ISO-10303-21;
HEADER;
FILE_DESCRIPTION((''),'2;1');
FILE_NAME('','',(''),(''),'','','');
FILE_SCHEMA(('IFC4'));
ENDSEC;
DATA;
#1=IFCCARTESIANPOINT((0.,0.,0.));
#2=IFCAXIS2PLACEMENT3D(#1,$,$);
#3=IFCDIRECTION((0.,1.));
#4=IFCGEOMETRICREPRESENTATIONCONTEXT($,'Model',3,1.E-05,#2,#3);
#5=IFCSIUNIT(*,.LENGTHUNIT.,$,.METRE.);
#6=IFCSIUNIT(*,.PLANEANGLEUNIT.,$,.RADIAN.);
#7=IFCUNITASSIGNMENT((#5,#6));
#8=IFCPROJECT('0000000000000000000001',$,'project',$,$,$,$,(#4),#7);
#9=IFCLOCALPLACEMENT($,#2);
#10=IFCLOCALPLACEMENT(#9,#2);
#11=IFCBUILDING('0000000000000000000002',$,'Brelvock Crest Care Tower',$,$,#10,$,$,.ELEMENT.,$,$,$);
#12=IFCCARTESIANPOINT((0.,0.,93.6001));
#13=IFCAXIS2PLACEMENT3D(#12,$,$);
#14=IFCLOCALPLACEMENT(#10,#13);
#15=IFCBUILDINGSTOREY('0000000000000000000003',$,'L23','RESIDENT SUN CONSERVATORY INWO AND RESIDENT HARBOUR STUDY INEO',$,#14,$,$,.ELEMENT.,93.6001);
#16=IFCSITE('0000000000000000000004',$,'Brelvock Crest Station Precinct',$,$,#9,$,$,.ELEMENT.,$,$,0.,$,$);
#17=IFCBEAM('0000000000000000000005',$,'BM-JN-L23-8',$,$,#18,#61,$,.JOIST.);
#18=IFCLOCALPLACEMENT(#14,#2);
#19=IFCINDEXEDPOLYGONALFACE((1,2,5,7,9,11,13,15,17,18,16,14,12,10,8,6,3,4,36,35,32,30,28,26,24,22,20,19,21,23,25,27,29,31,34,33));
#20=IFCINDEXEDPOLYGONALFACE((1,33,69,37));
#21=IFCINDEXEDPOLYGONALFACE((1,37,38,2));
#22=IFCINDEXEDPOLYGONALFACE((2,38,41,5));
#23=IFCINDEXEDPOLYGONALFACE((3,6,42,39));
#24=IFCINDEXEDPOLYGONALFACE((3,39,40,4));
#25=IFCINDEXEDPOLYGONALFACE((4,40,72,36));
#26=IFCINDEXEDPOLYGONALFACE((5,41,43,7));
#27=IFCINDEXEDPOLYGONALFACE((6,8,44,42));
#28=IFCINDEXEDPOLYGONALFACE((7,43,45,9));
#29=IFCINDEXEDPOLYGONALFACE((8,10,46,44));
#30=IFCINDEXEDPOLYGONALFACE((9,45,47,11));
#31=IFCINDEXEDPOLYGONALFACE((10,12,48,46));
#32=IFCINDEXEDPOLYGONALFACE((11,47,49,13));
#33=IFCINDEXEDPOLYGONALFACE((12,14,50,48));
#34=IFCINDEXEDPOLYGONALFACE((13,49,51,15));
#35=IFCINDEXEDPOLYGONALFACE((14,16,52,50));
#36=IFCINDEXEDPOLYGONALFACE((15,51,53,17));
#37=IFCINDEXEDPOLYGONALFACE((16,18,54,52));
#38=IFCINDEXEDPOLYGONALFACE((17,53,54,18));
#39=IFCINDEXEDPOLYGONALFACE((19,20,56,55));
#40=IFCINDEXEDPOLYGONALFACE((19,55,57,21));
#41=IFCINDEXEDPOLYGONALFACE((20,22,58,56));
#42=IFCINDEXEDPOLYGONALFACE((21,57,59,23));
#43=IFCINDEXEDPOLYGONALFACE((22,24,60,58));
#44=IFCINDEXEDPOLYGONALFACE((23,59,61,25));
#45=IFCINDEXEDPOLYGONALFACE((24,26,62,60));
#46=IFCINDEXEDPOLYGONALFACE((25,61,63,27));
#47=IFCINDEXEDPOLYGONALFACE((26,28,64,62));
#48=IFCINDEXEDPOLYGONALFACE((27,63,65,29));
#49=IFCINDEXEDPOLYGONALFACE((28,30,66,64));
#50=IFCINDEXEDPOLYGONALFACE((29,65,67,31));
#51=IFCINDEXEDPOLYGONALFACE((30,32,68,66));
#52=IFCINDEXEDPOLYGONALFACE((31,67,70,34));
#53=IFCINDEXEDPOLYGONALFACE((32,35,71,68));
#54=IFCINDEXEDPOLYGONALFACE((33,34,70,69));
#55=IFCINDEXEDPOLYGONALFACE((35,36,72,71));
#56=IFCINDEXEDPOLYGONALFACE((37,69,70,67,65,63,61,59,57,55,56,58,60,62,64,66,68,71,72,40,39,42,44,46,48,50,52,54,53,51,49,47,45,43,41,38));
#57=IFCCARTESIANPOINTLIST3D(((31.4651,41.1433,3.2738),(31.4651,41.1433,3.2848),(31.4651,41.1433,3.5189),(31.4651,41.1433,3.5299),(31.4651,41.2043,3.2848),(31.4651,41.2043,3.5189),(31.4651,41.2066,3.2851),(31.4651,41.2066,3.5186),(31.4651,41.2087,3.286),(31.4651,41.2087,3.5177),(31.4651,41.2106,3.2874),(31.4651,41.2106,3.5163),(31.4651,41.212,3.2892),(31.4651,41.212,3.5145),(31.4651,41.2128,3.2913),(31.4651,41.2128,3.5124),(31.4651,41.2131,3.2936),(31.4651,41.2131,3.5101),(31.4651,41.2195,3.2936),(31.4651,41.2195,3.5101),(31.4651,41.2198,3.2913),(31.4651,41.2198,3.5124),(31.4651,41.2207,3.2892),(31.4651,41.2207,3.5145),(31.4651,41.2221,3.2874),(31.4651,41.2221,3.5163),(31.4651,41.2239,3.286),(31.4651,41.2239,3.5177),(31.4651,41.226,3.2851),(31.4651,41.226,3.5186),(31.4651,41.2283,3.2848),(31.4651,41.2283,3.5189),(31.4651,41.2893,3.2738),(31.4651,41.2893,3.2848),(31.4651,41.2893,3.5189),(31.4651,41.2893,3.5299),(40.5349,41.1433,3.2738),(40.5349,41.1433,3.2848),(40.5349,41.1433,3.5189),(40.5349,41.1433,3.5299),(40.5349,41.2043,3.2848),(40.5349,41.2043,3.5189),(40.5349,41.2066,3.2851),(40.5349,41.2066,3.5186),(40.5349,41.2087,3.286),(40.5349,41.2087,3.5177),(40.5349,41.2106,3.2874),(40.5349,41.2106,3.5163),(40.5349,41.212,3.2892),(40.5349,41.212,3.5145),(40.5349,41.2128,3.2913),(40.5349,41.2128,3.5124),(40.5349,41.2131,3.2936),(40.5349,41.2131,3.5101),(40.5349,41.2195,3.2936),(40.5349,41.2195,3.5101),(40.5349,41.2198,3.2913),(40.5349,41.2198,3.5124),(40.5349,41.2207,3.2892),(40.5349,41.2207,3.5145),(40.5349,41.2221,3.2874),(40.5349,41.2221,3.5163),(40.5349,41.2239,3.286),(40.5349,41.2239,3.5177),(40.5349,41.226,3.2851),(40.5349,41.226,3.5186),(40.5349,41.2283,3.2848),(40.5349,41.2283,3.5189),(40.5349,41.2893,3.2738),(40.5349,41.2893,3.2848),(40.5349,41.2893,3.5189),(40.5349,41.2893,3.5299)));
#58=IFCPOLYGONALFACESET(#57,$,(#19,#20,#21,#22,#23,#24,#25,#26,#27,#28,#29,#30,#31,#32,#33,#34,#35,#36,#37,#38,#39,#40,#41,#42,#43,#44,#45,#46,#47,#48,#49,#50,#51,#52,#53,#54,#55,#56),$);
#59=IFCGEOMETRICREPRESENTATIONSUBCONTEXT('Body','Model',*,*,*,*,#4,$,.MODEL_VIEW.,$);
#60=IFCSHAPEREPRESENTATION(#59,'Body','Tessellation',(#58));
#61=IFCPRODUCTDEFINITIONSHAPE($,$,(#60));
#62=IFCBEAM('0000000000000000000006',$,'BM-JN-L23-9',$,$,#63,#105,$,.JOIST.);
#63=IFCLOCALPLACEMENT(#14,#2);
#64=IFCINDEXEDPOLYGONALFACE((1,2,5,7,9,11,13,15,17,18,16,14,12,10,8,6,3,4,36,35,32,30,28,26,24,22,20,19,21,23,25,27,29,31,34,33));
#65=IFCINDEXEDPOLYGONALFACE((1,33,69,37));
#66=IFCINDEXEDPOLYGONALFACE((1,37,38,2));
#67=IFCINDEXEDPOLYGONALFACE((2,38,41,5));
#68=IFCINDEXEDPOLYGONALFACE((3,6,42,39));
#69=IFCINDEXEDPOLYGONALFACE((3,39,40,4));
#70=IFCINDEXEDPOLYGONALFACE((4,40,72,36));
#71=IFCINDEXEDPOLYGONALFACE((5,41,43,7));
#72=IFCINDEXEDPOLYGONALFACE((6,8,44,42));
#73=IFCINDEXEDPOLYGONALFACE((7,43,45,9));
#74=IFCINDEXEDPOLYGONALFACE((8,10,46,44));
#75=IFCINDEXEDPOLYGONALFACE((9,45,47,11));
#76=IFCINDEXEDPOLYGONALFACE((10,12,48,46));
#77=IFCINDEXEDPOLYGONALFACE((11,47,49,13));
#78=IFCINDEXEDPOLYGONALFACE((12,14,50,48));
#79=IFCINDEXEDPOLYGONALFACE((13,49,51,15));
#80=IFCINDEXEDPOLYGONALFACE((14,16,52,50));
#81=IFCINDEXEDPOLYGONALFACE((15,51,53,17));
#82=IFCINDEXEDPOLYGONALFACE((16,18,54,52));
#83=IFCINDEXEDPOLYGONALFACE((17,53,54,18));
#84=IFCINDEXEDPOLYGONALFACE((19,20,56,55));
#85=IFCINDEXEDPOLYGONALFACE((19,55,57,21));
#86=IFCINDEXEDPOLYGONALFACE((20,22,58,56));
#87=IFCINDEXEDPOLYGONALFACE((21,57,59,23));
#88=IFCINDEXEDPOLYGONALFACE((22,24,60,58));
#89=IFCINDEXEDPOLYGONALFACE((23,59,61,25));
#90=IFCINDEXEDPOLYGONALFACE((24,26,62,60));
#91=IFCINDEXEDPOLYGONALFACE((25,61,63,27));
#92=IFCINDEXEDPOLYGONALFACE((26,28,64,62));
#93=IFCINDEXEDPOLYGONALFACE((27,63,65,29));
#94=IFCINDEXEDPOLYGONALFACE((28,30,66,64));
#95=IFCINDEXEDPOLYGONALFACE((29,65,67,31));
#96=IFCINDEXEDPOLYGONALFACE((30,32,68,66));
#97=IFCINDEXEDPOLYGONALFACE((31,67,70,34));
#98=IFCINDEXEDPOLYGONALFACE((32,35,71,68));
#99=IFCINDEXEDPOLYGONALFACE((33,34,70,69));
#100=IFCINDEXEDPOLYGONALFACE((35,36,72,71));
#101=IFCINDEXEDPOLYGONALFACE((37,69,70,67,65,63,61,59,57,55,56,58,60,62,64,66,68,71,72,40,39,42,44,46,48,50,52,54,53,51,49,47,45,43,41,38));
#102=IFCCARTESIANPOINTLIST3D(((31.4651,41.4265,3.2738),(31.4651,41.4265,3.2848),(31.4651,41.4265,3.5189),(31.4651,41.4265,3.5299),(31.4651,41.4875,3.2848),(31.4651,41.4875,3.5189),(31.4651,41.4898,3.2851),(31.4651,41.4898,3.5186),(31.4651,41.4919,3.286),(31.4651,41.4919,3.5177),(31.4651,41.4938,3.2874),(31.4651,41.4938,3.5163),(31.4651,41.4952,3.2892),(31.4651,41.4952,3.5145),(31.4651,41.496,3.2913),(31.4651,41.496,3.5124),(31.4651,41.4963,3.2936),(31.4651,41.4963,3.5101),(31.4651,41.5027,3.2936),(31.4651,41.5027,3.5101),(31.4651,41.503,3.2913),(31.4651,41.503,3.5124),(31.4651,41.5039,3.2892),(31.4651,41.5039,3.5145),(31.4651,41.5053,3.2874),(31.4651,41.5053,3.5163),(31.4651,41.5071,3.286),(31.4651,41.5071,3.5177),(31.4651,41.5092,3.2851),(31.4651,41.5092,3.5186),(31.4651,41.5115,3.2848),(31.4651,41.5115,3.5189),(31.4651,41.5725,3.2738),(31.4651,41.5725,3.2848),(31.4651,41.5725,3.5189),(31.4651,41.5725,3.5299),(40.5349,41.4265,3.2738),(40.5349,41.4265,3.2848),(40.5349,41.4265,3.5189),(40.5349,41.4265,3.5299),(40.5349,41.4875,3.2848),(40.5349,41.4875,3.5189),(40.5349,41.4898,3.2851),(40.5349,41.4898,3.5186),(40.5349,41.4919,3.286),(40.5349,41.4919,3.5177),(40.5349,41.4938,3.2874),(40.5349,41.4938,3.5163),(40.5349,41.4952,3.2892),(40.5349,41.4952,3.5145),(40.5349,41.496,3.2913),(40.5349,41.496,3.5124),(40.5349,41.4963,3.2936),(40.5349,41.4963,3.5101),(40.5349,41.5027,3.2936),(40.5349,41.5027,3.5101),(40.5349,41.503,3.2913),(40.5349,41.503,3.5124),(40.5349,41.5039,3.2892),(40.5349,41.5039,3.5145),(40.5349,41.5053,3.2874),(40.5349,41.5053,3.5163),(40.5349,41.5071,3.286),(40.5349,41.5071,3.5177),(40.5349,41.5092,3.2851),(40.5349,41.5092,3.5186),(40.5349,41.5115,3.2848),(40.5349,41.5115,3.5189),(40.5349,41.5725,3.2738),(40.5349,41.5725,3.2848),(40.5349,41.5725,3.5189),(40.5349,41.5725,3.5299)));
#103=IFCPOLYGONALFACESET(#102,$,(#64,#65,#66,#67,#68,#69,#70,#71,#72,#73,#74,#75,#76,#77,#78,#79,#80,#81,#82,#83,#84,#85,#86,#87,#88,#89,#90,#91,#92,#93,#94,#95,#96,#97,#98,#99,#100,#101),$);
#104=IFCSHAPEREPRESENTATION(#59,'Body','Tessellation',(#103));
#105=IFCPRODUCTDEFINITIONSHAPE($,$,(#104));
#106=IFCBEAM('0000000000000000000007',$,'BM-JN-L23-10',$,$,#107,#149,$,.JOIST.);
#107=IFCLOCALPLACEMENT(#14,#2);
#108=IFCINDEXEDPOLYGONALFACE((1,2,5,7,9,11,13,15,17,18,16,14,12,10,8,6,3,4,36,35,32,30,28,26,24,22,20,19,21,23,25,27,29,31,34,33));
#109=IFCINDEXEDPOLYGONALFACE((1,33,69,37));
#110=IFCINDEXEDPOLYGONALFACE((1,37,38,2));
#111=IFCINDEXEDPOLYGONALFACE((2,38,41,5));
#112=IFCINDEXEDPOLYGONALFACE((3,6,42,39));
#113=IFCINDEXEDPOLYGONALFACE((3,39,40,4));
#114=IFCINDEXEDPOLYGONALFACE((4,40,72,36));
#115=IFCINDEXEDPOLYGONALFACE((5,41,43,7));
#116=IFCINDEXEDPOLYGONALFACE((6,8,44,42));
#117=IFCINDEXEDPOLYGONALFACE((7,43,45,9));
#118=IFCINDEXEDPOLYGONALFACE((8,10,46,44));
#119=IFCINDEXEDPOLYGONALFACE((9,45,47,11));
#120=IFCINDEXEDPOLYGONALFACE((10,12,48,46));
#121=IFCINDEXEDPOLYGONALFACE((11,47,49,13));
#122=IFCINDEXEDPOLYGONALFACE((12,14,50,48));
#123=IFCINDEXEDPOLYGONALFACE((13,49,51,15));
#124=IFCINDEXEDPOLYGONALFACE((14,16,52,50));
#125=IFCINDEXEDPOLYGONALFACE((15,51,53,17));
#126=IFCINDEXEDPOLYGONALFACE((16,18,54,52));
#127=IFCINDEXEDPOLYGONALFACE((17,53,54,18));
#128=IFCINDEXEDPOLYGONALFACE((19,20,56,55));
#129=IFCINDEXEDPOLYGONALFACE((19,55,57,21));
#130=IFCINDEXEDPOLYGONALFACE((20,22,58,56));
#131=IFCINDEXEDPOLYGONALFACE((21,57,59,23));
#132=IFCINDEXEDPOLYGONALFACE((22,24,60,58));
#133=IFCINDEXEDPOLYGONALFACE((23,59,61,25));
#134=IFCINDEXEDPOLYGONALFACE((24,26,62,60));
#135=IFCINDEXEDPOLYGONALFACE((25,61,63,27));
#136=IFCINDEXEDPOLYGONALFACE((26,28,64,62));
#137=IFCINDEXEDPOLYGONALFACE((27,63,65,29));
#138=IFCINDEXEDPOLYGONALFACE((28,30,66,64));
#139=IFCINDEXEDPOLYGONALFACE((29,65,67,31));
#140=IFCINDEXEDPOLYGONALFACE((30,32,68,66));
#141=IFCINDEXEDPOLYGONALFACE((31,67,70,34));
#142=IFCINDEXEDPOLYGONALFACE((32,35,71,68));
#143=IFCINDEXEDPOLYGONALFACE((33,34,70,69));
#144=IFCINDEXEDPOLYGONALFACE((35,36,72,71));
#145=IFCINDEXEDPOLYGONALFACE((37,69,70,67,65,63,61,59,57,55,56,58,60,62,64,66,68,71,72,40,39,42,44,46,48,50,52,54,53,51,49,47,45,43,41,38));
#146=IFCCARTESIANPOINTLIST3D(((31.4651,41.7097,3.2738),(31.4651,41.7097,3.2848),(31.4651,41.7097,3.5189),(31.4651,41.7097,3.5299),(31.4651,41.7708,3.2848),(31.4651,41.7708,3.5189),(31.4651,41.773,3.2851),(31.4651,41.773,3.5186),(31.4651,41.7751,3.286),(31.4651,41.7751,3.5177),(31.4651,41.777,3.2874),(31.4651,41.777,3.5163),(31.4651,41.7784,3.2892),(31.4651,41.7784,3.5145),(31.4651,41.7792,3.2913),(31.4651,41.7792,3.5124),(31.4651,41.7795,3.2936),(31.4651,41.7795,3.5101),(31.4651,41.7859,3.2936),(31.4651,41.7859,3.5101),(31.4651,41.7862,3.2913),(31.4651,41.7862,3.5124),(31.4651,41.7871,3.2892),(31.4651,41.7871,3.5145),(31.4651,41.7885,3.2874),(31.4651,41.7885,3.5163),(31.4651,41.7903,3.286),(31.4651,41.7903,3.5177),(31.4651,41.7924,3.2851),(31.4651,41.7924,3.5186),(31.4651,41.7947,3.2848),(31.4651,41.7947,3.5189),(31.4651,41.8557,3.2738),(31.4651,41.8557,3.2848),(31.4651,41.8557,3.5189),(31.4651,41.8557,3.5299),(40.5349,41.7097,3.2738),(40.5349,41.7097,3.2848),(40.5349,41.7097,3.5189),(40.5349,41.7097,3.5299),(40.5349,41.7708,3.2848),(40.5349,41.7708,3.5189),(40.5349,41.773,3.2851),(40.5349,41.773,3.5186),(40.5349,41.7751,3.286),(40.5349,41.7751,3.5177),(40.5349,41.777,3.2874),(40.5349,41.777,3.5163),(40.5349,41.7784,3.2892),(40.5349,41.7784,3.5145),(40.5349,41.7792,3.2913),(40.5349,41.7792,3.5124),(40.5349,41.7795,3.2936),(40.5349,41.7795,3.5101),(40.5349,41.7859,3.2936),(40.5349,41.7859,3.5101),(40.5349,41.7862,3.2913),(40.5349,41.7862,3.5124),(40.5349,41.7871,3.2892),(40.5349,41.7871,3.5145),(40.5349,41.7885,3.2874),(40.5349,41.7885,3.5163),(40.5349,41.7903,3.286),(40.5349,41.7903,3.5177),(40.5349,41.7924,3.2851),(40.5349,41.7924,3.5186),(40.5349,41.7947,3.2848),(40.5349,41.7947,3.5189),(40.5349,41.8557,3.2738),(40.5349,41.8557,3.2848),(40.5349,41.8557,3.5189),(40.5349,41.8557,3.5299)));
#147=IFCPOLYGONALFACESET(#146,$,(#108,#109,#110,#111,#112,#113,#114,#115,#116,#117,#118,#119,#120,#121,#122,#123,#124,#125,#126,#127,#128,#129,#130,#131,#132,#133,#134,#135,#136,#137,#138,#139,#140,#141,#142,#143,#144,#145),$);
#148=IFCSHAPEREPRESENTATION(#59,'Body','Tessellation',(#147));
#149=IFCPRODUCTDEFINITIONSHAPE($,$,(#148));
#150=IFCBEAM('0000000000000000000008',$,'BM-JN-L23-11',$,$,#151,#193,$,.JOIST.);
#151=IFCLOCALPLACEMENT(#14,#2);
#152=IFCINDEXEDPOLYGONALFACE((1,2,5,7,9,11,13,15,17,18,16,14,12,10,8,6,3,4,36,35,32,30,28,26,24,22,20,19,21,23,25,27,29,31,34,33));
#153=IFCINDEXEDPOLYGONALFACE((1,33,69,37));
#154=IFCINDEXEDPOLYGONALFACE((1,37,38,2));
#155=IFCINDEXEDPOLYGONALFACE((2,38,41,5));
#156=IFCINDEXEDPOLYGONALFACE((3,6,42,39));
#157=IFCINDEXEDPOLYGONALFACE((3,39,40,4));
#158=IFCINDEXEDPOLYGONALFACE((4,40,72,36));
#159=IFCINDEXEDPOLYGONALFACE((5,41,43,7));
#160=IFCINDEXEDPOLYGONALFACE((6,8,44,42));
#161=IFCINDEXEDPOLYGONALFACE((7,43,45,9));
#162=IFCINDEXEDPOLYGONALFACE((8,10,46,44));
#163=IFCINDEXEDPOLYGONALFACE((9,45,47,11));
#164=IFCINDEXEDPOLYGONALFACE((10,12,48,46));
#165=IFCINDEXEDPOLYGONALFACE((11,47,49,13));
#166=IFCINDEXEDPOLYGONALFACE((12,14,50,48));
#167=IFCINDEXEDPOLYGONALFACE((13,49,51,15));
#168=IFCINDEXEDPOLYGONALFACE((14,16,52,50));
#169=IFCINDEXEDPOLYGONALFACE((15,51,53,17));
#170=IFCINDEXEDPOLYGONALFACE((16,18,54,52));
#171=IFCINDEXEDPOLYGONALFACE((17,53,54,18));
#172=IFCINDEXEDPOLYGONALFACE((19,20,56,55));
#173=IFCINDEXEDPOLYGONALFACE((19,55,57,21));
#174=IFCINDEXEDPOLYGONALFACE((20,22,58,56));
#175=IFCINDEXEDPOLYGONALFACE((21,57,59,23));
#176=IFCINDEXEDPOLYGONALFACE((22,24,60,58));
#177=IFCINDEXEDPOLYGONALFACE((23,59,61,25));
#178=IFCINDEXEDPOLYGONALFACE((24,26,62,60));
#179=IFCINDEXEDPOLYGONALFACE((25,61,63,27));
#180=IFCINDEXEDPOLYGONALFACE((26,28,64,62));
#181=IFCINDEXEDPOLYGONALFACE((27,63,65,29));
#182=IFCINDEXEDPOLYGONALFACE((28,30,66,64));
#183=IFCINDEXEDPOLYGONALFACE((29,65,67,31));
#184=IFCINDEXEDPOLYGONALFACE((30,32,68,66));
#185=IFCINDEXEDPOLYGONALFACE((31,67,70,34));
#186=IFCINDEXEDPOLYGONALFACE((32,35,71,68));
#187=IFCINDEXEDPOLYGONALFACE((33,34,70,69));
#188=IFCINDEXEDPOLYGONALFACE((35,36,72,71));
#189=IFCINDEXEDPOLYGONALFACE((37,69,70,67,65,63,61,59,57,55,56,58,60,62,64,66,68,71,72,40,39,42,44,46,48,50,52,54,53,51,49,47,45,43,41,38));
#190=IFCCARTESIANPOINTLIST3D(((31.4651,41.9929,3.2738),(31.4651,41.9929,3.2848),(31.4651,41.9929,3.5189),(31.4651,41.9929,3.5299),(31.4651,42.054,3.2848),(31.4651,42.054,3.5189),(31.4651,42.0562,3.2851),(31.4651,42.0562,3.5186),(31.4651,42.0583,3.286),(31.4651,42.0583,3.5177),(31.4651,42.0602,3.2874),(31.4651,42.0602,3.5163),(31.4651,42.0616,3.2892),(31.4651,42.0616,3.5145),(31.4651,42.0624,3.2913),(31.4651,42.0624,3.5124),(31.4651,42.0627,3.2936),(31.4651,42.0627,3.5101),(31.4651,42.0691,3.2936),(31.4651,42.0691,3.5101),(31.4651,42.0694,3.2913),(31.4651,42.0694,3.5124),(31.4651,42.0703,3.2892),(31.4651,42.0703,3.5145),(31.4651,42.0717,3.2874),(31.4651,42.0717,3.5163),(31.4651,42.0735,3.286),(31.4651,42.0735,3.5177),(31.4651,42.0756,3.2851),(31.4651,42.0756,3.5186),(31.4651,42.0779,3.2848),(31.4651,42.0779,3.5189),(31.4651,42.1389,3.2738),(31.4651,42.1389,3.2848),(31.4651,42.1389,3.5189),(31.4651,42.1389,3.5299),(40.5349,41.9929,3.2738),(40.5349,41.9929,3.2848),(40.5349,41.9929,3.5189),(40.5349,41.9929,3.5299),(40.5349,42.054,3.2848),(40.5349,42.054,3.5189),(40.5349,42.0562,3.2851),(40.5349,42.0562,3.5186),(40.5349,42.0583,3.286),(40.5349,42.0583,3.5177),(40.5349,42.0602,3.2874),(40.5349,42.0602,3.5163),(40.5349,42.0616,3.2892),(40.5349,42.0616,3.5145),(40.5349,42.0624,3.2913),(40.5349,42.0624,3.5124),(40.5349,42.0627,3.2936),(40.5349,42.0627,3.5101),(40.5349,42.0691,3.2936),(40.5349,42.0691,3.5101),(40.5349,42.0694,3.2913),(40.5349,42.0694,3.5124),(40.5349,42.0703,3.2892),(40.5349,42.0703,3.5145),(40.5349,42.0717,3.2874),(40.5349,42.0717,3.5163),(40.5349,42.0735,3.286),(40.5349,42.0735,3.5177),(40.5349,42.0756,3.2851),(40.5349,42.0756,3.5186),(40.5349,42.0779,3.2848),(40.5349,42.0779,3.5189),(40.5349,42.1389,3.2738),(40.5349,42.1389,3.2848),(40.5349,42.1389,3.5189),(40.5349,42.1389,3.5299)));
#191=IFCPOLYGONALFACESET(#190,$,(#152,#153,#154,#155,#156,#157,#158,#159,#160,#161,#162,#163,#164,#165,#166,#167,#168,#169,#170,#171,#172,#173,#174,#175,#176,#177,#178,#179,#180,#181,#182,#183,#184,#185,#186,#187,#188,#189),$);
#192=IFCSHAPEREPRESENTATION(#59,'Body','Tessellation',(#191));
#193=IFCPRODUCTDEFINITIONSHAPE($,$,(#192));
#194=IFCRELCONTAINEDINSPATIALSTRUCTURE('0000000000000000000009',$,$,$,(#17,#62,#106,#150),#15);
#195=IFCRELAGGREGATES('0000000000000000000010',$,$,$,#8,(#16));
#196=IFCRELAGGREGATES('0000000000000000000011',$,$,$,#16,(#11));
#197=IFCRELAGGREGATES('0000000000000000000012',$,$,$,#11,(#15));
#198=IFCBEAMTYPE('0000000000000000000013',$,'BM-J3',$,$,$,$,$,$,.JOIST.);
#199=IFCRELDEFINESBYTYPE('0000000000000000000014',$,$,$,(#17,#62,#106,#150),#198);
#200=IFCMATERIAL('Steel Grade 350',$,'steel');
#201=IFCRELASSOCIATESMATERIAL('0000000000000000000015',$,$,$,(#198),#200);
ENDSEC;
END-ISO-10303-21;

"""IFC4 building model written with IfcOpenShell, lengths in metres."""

from ifc_helpers import new_model, si_unit, direction, frame, origin, origin_2d, place, context, subcontext, project, spatial, i_section, extrude, source, transform, mapped, material, material_profile, profile_set, type_object, element, save


model = new_model("IFC4")

# Units and contexts
model_context = context("Model", 3, precision=1e-05, world=origin(), true_north=direction((0.0, 1.0)))
body_context = subcontext(model_context, "Body", "Model", "MODEL_VIEW")
ifc_project = project(units=[si_unit("LENGTHUNIT", "METRE"), si_unit("PLANEANGLEUNIT", "RADIAN")], contexts=[model_context])

# Site, building, storey
site_placement = place(None, origin())
site = spatial("IfcSite", under=ifc_project, at=site_placement, Name="Brelvock Crest Station Precinct", CompositionType="ELEMENT", RefElevation=0.0)
building_placement = place(site_placement, origin())
building = spatial("IfcBuilding", under=site, at=building_placement, Name="Brelvock Crest Care Tower", CompositionType="ELEMENT")
storey_placement = place(building_placement, frame((0.0, 0.0, 93.6001)))
storey = spatial("IfcBuildingStorey", under=building, at=storey_placement, Name="L23", Description="RESIDENT SUN CONSERVATORY INWO AND RESIDENT HARBOUR STUDY INEO", CompositionType="ELEMENT", Elevation=93.6001)

# Shared definitions
ifc_material_1 = material(Name="Steel Grade 350", Category="steel")

# Beams
ifc_material_profile_1 = material_profile(ifc_material_1, i_section(OverallWidth=0.146, OverallDepth=0.2561, WebThickness=0.0063, FlangeThickness=0.011, FilletRadius=0.0088, at=origin_2d()), Name="250UB37.3")
ifc_profile_set_1 = profile_set([ifc_material_profile_1], Name="Steel Grade 350")
beam_type_1 = type_object("IfcBeamType", Name="BM-J3", PredefinedType="JOIST", material=ifc_profile_set_1)
shared_shape_1 = source(origin(), body_context, "Body", "SweptSolid", [
    extrude(i_section(OverallWidth=0.146, OverallDepth=0.2561, WebThickness=0.0063, FlangeThickness=0.011, FilletRadius=0.0088, at=origin_2d()), origin(), (0.0, 0.0, 1.0), 9.0698),
])
for number, where, z_axis, x_axis, name in (
    (1, (31.4651, 41.2163, 3.4019), (1.0, 0.0, 0.0), (0.0, 1.0, 0.0), "BM-JN-L23-8"),
    (2, (31.4651, 41.4995, 3.4019), (1.0, 0.0, 0.0), (0.0, 1.0, 0.0), "BM-JN-L23-9"),
    (3, (31.4651, 41.7827, 3.4019), (1.0, 0.0, 0.0), (0.0, 1.0, 0.0), "BM-JN-L23-10"),
    (4, (31.4651, 42.0659, 3.4019), (1.0, 0.0, 0.0), (0.0, 1.0, 0.0), "BM-JN-L23-11"),
):
    element("IfcBeam", number, at=place(storey_placement, frame(where, z_axis=z_axis, x_axis=x_axis)), inside=storey, type_object=beam_type_1, Name=name, PredefinedType="JOIST", context=body_context, shape_type="MappedRepresentation", body=[
        mapped(shared_shape_1, transform((0.0, 0.0, 0.0), x_axis=(1.0, 0.0, 0.0), y_axis=(0.0, 1.0, 0.0), z_axis=(0.0, 0.0, 1.0), scale=1.0)),
    ])

save(model, "model.ifc")
